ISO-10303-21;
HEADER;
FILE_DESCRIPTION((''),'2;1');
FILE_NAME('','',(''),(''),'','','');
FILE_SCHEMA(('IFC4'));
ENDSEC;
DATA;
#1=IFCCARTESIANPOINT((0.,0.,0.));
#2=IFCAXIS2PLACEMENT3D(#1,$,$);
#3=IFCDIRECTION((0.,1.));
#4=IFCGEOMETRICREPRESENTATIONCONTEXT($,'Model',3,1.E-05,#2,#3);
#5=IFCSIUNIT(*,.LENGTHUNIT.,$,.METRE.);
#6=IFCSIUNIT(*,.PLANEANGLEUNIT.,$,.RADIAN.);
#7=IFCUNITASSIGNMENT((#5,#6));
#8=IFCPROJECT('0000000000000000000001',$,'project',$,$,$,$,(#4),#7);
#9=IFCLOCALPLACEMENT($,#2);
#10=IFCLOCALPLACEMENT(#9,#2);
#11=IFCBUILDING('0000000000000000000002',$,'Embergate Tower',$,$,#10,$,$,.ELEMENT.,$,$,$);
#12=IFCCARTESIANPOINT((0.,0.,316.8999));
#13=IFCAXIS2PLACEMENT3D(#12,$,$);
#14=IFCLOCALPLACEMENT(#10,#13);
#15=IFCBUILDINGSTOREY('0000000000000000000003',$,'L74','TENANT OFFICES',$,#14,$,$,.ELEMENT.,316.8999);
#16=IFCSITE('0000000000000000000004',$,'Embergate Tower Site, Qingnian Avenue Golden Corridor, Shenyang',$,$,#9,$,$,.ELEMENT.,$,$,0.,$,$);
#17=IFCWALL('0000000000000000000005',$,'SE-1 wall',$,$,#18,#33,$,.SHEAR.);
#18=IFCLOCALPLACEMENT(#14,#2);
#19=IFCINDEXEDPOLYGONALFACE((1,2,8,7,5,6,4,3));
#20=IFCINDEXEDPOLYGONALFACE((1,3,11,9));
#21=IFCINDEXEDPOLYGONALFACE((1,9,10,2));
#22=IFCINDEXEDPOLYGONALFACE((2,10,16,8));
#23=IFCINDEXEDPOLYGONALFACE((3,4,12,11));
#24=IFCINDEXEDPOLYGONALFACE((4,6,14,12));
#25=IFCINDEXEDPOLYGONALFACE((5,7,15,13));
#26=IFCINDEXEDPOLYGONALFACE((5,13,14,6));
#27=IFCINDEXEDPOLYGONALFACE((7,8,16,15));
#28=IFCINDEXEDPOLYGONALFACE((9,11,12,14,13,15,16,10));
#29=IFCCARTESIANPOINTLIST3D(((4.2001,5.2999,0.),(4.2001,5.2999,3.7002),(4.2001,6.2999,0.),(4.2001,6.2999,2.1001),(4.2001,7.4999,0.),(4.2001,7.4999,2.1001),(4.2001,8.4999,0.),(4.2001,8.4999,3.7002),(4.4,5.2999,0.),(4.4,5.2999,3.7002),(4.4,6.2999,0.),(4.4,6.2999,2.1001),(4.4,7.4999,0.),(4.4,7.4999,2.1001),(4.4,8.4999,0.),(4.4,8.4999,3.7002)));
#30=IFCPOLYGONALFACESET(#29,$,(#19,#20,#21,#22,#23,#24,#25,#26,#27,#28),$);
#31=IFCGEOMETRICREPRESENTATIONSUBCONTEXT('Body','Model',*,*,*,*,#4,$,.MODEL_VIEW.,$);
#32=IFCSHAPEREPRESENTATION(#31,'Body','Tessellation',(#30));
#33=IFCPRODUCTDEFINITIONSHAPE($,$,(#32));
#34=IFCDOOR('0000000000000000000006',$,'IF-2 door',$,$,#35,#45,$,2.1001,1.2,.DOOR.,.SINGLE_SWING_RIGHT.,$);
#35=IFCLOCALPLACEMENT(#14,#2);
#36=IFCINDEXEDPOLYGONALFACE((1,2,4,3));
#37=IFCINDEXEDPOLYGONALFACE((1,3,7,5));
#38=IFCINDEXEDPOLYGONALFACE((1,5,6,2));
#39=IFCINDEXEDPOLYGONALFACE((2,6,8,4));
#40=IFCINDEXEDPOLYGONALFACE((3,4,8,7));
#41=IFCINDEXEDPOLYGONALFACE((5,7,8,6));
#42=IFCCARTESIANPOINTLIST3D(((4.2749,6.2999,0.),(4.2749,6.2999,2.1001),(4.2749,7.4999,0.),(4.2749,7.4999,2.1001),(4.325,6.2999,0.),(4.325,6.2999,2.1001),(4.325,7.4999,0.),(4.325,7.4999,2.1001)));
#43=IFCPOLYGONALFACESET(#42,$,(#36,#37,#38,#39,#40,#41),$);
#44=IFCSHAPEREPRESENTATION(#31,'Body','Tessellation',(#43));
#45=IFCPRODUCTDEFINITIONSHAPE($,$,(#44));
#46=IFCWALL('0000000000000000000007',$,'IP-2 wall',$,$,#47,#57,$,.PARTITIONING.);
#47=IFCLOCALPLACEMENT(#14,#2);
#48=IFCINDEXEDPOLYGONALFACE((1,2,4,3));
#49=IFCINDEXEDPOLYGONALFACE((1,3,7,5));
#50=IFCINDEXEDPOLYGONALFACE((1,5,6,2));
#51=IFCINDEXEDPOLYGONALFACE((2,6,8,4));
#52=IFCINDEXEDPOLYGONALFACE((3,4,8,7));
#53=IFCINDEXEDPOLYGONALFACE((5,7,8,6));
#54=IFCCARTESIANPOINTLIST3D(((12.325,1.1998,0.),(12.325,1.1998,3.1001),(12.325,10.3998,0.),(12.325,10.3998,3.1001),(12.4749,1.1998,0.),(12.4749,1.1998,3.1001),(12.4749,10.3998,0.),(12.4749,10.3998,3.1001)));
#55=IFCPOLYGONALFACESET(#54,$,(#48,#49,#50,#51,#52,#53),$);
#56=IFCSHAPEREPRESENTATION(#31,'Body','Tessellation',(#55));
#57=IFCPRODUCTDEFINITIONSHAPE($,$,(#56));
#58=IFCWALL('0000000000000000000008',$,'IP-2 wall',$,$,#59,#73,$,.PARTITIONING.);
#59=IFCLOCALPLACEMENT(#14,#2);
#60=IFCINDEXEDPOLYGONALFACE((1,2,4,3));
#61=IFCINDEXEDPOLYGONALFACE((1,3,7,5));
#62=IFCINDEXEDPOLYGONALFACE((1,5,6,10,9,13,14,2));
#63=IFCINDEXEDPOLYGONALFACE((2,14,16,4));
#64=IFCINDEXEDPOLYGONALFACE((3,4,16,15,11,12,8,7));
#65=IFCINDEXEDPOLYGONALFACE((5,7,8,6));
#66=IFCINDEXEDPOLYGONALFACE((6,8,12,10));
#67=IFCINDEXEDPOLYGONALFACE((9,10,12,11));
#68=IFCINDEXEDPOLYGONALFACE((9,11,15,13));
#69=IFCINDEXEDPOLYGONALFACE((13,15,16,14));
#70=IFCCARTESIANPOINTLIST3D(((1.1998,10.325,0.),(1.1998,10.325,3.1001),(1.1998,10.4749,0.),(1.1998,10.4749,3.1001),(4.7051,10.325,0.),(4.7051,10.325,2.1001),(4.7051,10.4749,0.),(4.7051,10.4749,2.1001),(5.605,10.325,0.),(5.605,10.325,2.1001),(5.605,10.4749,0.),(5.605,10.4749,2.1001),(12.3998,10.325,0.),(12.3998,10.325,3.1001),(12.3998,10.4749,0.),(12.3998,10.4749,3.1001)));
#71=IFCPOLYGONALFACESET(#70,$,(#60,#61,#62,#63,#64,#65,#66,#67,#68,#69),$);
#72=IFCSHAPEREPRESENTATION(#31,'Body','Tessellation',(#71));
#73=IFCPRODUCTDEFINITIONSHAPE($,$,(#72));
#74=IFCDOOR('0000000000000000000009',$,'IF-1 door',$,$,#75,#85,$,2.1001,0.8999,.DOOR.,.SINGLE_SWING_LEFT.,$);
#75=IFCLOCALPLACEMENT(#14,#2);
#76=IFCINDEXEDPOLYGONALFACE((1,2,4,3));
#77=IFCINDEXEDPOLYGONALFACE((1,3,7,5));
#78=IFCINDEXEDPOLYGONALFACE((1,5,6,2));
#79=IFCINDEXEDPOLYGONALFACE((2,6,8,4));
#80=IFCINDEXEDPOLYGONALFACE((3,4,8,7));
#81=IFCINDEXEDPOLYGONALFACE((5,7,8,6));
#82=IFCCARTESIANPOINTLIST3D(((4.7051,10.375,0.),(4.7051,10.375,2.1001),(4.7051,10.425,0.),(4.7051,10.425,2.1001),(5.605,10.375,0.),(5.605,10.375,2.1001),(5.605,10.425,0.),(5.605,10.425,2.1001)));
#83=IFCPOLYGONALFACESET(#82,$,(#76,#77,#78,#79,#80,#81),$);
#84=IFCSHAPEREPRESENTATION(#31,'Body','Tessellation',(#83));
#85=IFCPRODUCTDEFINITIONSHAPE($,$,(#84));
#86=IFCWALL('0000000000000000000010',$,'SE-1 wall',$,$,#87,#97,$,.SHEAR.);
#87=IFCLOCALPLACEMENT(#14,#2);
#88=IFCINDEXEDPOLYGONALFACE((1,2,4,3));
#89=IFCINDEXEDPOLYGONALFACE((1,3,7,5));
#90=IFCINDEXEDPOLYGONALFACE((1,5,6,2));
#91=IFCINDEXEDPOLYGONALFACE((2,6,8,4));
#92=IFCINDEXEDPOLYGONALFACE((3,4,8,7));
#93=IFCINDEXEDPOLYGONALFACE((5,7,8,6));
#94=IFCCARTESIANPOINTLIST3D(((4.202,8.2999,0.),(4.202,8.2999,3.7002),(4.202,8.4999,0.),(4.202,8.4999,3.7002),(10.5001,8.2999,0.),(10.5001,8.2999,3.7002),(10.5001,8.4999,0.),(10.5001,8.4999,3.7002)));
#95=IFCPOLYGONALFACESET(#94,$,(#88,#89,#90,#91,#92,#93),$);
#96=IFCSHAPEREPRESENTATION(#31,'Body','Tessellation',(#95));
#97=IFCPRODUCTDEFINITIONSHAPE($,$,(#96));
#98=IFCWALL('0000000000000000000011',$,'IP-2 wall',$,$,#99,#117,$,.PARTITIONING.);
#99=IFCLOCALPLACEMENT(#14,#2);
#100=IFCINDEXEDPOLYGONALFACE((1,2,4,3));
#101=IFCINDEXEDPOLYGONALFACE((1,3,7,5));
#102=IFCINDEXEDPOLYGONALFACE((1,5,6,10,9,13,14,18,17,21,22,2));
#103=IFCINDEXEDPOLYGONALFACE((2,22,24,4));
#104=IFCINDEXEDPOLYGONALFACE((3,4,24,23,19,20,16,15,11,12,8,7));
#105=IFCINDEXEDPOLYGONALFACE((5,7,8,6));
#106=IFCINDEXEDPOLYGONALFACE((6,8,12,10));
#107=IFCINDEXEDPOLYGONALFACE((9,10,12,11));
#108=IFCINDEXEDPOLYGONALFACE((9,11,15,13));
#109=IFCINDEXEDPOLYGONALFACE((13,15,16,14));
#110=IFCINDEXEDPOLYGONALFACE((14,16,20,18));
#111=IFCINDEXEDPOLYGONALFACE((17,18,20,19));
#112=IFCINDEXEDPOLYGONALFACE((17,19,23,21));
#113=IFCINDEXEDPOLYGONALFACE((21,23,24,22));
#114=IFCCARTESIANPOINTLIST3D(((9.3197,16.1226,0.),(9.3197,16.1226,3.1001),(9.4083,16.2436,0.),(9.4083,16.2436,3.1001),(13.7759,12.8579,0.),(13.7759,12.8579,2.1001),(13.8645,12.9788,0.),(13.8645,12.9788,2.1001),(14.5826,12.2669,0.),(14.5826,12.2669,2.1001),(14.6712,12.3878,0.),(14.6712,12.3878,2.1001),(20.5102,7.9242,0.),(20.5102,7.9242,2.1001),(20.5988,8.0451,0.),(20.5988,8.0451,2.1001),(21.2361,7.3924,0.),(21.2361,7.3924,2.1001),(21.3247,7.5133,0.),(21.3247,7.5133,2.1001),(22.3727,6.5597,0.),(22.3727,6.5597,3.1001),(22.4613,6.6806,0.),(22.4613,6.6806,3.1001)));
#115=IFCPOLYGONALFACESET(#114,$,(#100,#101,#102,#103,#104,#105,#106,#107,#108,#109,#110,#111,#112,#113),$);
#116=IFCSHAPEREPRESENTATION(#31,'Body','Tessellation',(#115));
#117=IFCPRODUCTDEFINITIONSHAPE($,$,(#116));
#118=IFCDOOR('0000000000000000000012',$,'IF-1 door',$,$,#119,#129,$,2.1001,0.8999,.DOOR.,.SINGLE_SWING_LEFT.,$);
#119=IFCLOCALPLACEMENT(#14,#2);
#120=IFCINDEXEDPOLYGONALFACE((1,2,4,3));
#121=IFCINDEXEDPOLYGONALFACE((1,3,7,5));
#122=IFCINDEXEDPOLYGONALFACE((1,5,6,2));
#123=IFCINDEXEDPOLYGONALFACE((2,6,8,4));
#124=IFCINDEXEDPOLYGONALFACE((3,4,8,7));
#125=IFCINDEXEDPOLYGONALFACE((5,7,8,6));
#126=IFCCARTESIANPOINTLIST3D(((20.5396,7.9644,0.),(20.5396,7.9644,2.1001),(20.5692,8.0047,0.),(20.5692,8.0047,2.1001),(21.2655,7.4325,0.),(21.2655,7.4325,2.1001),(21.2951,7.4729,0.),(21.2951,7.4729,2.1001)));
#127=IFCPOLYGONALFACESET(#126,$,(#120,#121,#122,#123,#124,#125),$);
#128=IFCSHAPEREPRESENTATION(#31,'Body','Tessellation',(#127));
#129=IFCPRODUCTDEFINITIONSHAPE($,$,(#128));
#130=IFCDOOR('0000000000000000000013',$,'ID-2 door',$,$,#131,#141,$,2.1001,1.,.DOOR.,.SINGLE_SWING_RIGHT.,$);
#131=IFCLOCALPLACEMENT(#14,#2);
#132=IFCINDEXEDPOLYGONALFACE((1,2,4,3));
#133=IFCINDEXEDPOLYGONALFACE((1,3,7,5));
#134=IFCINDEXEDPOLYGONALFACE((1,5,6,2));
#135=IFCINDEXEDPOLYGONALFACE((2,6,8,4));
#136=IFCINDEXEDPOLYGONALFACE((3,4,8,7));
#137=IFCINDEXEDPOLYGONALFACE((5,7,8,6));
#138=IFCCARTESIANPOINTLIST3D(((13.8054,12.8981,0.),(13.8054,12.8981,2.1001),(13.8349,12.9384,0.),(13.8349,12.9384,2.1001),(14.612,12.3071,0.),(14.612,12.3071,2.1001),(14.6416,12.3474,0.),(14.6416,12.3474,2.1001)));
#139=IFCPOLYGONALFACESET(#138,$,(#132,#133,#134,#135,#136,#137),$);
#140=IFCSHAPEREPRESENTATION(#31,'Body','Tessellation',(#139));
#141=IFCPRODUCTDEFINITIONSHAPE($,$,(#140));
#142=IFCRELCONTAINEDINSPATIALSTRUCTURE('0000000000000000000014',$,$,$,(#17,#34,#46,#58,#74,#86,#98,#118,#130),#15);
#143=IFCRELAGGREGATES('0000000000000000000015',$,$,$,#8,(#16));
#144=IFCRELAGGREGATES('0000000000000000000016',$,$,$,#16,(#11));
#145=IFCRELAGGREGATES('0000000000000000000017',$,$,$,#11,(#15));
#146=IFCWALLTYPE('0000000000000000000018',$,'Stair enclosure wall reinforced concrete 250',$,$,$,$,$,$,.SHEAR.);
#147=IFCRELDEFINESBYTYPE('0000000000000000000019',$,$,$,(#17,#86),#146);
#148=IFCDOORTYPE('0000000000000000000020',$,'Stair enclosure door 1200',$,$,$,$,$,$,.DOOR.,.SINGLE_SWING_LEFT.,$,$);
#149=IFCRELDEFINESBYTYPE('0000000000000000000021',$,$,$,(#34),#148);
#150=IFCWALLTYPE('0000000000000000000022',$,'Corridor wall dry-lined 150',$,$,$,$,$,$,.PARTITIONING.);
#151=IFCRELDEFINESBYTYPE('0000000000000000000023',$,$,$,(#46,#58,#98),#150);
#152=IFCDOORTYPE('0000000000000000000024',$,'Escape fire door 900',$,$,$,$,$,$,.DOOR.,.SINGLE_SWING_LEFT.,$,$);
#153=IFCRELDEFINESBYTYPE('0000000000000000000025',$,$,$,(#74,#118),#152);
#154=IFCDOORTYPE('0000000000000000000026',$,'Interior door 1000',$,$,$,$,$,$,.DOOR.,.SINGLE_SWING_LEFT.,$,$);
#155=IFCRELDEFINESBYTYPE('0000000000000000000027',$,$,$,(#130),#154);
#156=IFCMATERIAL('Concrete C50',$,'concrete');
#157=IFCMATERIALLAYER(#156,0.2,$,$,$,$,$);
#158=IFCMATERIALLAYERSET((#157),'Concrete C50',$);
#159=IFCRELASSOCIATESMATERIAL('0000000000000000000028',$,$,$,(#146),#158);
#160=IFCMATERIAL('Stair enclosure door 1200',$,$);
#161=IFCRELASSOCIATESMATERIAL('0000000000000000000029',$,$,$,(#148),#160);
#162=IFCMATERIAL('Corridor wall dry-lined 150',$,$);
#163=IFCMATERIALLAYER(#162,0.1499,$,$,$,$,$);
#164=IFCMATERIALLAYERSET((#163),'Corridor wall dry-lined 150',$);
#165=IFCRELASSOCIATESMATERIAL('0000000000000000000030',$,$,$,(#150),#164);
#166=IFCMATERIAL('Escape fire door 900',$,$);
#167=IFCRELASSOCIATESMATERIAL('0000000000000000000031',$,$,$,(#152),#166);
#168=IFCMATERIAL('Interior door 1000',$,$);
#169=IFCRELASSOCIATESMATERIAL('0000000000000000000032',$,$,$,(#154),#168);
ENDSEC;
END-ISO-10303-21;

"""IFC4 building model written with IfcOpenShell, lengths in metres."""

from ifc_helpers import new_model, si_unit, direction, frame, frame_2d, origin, place, context, subcontext, project, spatial, rectangle, extrude, source, transform, mapped, material, layer, layer_set, type_object, element, fill, save


model = new_model("IFC4")

# Units and contexts
model_context = context("Model", 3, precision=1e-05, world=origin(), true_north=direction((0.0, 1.0)))
body_context = subcontext(model_context, "Body", "Model", "MODEL_VIEW")
ifc_project = project(units=[si_unit("LENGTHUNIT", "METRE"), si_unit("PLANEANGLEUNIT", "RADIAN")], contexts=[model_context])

# Site, building, storey
site_placement = place(None, origin())
site = spatial("IfcSite", under=ifc_project, at=site_placement, Name="Embergate Tower Site, Qingnian Avenue Golden Corridor, Shenyang", CompositionType="ELEMENT", RefElevation=0.0)
building_placement = place(site_placement, origin())
building = spatial("IfcBuilding", under=site, at=building_placement, Name="Embergate Tower", CompositionType="ELEMENT")
storey_placement = place(building_placement, frame((0.0, 0.0, 316.8999)))
storey = spatial("IfcBuildingStorey", under=building, at=storey_placement, Name="L74", Description="TENANT OFFICES", CompositionType="ELEMENT", Elevation=316.8999)

# Wall, opening, door
ifc_material_1 = material(Name="Concrete C50", Category="concrete")
ifc_layer_1 = layer(ifc_material_1, 0.2)
ifc_layer_set_1 = layer_set([ifc_layer_1], Name="Concrete C50")
wall_type_1 = type_object("IfcWallType", Name="Stair enclosure wall reinforced concrete 250", PredefinedType="SHEAR", material=ifc_layer_set_1)
shared_shape_1 = source(origin(), body_context, "Body", "SweptSolid", [
    extrude(rectangle(XDim=3.2, YDim=0.2, at=frame_2d((1.6001, 0.0))), origin(), (0.0, 0.0, 1.0), 3.7002),
])
wall_1_placement = place(storey_placement, frame((4.3, 8.5, 0.0), z_axis=(0.0, 0.0, 1.0), x_axis=(0.0, -1.0, 0.0)))
wall_1 = element("IfcWall", 1, at=wall_1_placement, inside=storey, type_object=wall_type_1, Name="SE-1 wall", PredefinedType="SHEAR", context=body_context, shape_type="MappedRepresentation", body=[
    mapped(shared_shape_1, transform((0.0, 0.0, 0.0))),
])
shared_shape_2 = source(origin(), body_context, "Body", "SweptSolid", [
    extrude(rectangle(XDim=1.2, YDim=2.1001, at=frame_2d((0.6001, 1.05))), frame((0.0, 0.1099, 0.0), z_axis=(0.0, -1.0, 0.0), x_axis=(1.0, 0.0, 0.0)), (0.0, 0.0, 1.0), 0.22),
])
opening_1_placement = place(wall_1_placement, frame((1.0, 0.0, 0.0)))
opening_1 = element("IfcOpeningElement", 2, at=opening_1_placement, cuts=wall_1, PredefinedType="OPENING", context=body_context, shape_type="MappedRepresentation", body=[
    mapped(shared_shape_2, transform((0.0, 0.0, 0.0))),
])
ifc_material_2 = material(Name="Stair enclosure door 1200")
door_type_1 = type_object("IfcDoorType", Name="Stair enclosure door 1200", OperationType="SINGLE_SWING_LEFT", PredefinedType="DOOR", material=ifc_material_2)
shared_shape_3 = source(origin(), body_context, "Body", "SweptSolid", [
    extrude(rectangle(XDim=1.2, YDim=2.1001, at=frame_2d((0.6001, 1.05))), frame((0.0, 0.0249, 0.0), z_axis=(0.0, -1.0, 0.0), x_axis=(1.0, 0.0, 0.0)), (0.0, 0.0, 1.0), 0.05),
])
door_1_placement = place(opening_1_placement, origin())
door_1 = element("IfcDoor", 3, at=door_1_placement, inside=storey, type_object=door_type_1, Name="IF-2 door", OperationType="SINGLE_SWING_RIGHT", OverallHeight=2.1001, OverallWidth=1.2, PredefinedType="DOOR", context=body_context, shape_type="MappedRepresentation", body=[
    mapped(shared_shape_3, transform((0.0, 0.0, 0.0))),
])
fill(opening_1, door_1)

# Wall
ifc_material_3 = material(Name="Corridor wall dry-lined 150")
ifc_layer_2 = layer(ifc_material_3, 0.1499)
ifc_layer_set_2 = layer_set([ifc_layer_2], Name="Corridor wall dry-lined 150")
wall_type_2 = type_object("IfcWallType", Name="Corridor wall dry-lined 150", PredefinedType="PARTITIONING", material=ifc_layer_set_2)
shared_shape_4 = source(origin(), body_context, "Body", "SweptSolid", [
    extrude(rectangle(XDim=9.2, YDim=0.1499, at=frame_2d((4.6001, 0.0))), origin(), (0.0, 0.0, 1.0), 3.1001),
])
wall_2_placement = place(storey_placement, frame((12.3999, 10.3999, 0.0), z_axis=(0.0, 0.0, 1.0), x_axis=(0.0, -1.0, 0.0)))
element("IfcWall", 4, at=wall_2_placement, inside=storey, type_object=wall_type_2, Name="IP-2 wall", PredefinedType="PARTITIONING", context=body_context, shape_type="MappedRepresentation", body=[
    mapped(shared_shape_4, transform((0.0, 0.0, 0.0))),
])

# Wall, opening, door
shared_shape_5 = source(origin(), body_context, "Body", "SweptSolid", [
    extrude(rectangle(XDim=11.2, YDim=0.1499, at=frame_2d((5.6001, 0.0))), origin(), (0.0, 0.0, 1.0), 3.1001),
])
wall_3_placement = place(storey_placement, frame((12.3999, 10.3999, 0.0), z_axis=(0.0, 0.0, 1.0), x_axis=(-1.0, 0.0, 0.0)))
wall_3 = element("IfcWall", 5, at=wall_3_placement, inside=storey, type_object=wall_type_2, Name="IP-2 wall", PredefinedType="PARTITIONING", context=body_context, shape_type="MappedRepresentation", body=[
    mapped(shared_shape_5, transform((0.0, 0.0, 0.0))),
])
shared_shape_6 = source(origin(), body_context, "Body", "SweptSolid", [
    extrude(rectangle(XDim=0.8999, YDim=2.1001, at=frame_2d((0.45, 1.05))), frame((0.0, 0.085, 0.0), z_axis=(0.0, -1.0, 0.0), x_axis=(1.0, 0.0, 0.0)), (0.0, 0.0, 1.0), 0.1699),
])
opening_2_placement = place(wall_3_placement, frame((6.7949, 0.0, 0.0)))
opening_2 = element("IfcOpeningElement", 6, at=opening_2_placement, cuts=wall_3, PredefinedType="OPENING", context=body_context, shape_type="MappedRepresentation", body=[
    mapped(shared_shape_6, transform((0.0, 0.0, 0.0))),
])
ifc_material_4 = material(Name="Escape fire door 900")
door_type_2 = type_object("IfcDoorType", Name="Escape fire door 900", OperationType="SINGLE_SWING_LEFT", PredefinedType="DOOR", material=ifc_material_4)
shared_shape_7 = source(origin(), body_context, "Body", "SweptSolid", [
    extrude(rectangle(XDim=0.8999, YDim=2.1001, at=frame_2d((0.45, 1.05))), frame((0.0, 0.0249, 0.0), z_axis=(0.0, -1.0, 0.0), x_axis=(1.0, 0.0, 0.0)), (0.0, 0.0, 1.0), 0.05),
])
door_2_placement = place(opening_2_placement, origin())
door_2 = element("IfcDoor", 7, at=door_2_placement, inside=storey, type_object=door_type_2, Name="IF-1 door", OperationType="SINGLE_SWING_LEFT", OverallHeight=2.1001, OverallWidth=0.8999, PredefinedType="DOOR", context=body_context, shape_type="MappedRepresentation", body=[
    mapped(shared_shape_7, transform((0.0, 0.0, 0.0))),
])
fill(opening_2, door_2)

# Wall
shared_shape_8 = source(origin(), body_context, "Body", "SweptSolid", [
    extrude(rectangle(XDim=6.2981, YDim=0.2, at=frame_2d((3.1489, 0.0))), origin(), (0.0, 0.0, 1.0), 3.7002),
])
wall_4_placement = place(storey_placement, frame((10.5, 8.3999, 0.0), z_axis=(0.0, 0.0, 1.0), x_axis=(-1.0, 0.0, 0.0)))
element("IfcWall", 8, at=wall_4_placement, inside=storey, type_object=wall_type_1, Name="SE-1 wall", PredefinedType="SHEAR", context=body_context, shape_type="MappedRepresentation", body=[
    mapped(shared_shape_8, transform((0.0, 0.0, 0.0))),
])

# Wall, openings, doors
shared_shape_9 = source(origin(), body_context, "Body", "SweptSolid", [
    extrude(rectangle(XDim=16.1812, YDim=0.1499, at=frame_2d((8.0906, 0.0))), origin(), (0.0, 0.0, 1.0), 3.1001),
])
wall_5_placement = place(storey_placement, frame((9.364, 16.1831, 0.0), z_axis=(0.0, 0.0, 1.0), x_axis=(0.806676, -0.590994, 0.0)))
wall_5 = element("IfcWall", 9, at=wall_5_placement, inside=storey, type_object=wall_type_2, Name="IP-2 wall", PredefinedType="PARTITIONING", context=body_context, shape_type="MappedRepresentation", body=[
    mapped(shared_shape_9, transform((0.0, 0.0, 0.0))),
])
opening_3_placement = place(wall_5_placement, frame((13.8723, 0.0, 0.0)))
opening_3 = element("IfcOpeningElement", 10, at=opening_3_placement, cuts=wall_5, PredefinedType="OPENING", context=body_context, shape_type="MappedRepresentation", body=[
    mapped(shared_shape_6, transform((0.0, 0.0, 0.0))),
])
shared_shape_10 = source(origin(), body_context, "Body", "SweptSolid", [
    extrude(rectangle(XDim=1.0, YDim=2.1001, at=frame_2d((0.5, 1.05))), frame((0.0, 0.085, 0.0), z_axis=(0.0, -1.0, 0.0), x_axis=(1.0, 0.0, 0.0)), (0.0, 0.0, 1.0), 0.1699),
])
opening_4_placement = place(wall_5_placement, frame((5.5242, 0.0, 0.0)))
opening_4 = element("IfcOpeningElement", 11, at=opening_4_placement, cuts=wall_5, PredefinedType="OPENING", context=body_context, shape_type="MappedRepresentation", body=[
    mapped(shared_shape_10, transform((0.0, 0.0, 0.0))),
])
door_3_placement = place(opening_3_placement, origin())
door_3 = element("IfcDoor", 12, at=door_3_placement, inside=storey, type_object=door_type_2, Name="IF-1 door", OperationType="SINGLE_SWING_LEFT", OverallHeight=2.1001, OverallWidth=0.8999, PredefinedType="DOOR", context=body_context, shape_type="MappedRepresentation", body=[
    mapped(shared_shape_7, transform((0.0, 0.0, 0.0))),
])
fill(opening_3, door_3)
ifc_material_5 = material(Name="Interior door 1000")
door_type_3 = type_object("IfcDoorType", Name="Interior door 1000", OperationType="SINGLE_SWING_LEFT", PredefinedType="DOOR", material=ifc_material_5)
shared_shape_11 = source(origin(), body_context, "Body", "SweptSolid", [
    extrude(rectangle(XDim=1.0, YDim=2.1001, at=frame_2d((0.5, 1.05))), frame((0.0, 0.0249, 0.0), z_axis=(0.0, -1.0, 0.0), x_axis=(1.0, 0.0, 0.0)), (0.0, 0.0, 1.0), 0.05),
])
door_4_placement = place(opening_4_placement, origin())
door_4 = element("IfcDoor", 13, at=door_4_placement, inside=storey, type_object=door_type_3, Name="ID-2 door", OperationType="SINGLE_SWING_RIGHT", OverallHeight=2.1001, OverallWidth=1.0, PredefinedType="DOOR", context=body_context, shape_type="MappedRepresentation", body=[
    mapped(shared_shape_11, transform((0.0, 0.0, 0.0))),
])
fill(opening_4, door_4)

save(model, "model.ifc")
